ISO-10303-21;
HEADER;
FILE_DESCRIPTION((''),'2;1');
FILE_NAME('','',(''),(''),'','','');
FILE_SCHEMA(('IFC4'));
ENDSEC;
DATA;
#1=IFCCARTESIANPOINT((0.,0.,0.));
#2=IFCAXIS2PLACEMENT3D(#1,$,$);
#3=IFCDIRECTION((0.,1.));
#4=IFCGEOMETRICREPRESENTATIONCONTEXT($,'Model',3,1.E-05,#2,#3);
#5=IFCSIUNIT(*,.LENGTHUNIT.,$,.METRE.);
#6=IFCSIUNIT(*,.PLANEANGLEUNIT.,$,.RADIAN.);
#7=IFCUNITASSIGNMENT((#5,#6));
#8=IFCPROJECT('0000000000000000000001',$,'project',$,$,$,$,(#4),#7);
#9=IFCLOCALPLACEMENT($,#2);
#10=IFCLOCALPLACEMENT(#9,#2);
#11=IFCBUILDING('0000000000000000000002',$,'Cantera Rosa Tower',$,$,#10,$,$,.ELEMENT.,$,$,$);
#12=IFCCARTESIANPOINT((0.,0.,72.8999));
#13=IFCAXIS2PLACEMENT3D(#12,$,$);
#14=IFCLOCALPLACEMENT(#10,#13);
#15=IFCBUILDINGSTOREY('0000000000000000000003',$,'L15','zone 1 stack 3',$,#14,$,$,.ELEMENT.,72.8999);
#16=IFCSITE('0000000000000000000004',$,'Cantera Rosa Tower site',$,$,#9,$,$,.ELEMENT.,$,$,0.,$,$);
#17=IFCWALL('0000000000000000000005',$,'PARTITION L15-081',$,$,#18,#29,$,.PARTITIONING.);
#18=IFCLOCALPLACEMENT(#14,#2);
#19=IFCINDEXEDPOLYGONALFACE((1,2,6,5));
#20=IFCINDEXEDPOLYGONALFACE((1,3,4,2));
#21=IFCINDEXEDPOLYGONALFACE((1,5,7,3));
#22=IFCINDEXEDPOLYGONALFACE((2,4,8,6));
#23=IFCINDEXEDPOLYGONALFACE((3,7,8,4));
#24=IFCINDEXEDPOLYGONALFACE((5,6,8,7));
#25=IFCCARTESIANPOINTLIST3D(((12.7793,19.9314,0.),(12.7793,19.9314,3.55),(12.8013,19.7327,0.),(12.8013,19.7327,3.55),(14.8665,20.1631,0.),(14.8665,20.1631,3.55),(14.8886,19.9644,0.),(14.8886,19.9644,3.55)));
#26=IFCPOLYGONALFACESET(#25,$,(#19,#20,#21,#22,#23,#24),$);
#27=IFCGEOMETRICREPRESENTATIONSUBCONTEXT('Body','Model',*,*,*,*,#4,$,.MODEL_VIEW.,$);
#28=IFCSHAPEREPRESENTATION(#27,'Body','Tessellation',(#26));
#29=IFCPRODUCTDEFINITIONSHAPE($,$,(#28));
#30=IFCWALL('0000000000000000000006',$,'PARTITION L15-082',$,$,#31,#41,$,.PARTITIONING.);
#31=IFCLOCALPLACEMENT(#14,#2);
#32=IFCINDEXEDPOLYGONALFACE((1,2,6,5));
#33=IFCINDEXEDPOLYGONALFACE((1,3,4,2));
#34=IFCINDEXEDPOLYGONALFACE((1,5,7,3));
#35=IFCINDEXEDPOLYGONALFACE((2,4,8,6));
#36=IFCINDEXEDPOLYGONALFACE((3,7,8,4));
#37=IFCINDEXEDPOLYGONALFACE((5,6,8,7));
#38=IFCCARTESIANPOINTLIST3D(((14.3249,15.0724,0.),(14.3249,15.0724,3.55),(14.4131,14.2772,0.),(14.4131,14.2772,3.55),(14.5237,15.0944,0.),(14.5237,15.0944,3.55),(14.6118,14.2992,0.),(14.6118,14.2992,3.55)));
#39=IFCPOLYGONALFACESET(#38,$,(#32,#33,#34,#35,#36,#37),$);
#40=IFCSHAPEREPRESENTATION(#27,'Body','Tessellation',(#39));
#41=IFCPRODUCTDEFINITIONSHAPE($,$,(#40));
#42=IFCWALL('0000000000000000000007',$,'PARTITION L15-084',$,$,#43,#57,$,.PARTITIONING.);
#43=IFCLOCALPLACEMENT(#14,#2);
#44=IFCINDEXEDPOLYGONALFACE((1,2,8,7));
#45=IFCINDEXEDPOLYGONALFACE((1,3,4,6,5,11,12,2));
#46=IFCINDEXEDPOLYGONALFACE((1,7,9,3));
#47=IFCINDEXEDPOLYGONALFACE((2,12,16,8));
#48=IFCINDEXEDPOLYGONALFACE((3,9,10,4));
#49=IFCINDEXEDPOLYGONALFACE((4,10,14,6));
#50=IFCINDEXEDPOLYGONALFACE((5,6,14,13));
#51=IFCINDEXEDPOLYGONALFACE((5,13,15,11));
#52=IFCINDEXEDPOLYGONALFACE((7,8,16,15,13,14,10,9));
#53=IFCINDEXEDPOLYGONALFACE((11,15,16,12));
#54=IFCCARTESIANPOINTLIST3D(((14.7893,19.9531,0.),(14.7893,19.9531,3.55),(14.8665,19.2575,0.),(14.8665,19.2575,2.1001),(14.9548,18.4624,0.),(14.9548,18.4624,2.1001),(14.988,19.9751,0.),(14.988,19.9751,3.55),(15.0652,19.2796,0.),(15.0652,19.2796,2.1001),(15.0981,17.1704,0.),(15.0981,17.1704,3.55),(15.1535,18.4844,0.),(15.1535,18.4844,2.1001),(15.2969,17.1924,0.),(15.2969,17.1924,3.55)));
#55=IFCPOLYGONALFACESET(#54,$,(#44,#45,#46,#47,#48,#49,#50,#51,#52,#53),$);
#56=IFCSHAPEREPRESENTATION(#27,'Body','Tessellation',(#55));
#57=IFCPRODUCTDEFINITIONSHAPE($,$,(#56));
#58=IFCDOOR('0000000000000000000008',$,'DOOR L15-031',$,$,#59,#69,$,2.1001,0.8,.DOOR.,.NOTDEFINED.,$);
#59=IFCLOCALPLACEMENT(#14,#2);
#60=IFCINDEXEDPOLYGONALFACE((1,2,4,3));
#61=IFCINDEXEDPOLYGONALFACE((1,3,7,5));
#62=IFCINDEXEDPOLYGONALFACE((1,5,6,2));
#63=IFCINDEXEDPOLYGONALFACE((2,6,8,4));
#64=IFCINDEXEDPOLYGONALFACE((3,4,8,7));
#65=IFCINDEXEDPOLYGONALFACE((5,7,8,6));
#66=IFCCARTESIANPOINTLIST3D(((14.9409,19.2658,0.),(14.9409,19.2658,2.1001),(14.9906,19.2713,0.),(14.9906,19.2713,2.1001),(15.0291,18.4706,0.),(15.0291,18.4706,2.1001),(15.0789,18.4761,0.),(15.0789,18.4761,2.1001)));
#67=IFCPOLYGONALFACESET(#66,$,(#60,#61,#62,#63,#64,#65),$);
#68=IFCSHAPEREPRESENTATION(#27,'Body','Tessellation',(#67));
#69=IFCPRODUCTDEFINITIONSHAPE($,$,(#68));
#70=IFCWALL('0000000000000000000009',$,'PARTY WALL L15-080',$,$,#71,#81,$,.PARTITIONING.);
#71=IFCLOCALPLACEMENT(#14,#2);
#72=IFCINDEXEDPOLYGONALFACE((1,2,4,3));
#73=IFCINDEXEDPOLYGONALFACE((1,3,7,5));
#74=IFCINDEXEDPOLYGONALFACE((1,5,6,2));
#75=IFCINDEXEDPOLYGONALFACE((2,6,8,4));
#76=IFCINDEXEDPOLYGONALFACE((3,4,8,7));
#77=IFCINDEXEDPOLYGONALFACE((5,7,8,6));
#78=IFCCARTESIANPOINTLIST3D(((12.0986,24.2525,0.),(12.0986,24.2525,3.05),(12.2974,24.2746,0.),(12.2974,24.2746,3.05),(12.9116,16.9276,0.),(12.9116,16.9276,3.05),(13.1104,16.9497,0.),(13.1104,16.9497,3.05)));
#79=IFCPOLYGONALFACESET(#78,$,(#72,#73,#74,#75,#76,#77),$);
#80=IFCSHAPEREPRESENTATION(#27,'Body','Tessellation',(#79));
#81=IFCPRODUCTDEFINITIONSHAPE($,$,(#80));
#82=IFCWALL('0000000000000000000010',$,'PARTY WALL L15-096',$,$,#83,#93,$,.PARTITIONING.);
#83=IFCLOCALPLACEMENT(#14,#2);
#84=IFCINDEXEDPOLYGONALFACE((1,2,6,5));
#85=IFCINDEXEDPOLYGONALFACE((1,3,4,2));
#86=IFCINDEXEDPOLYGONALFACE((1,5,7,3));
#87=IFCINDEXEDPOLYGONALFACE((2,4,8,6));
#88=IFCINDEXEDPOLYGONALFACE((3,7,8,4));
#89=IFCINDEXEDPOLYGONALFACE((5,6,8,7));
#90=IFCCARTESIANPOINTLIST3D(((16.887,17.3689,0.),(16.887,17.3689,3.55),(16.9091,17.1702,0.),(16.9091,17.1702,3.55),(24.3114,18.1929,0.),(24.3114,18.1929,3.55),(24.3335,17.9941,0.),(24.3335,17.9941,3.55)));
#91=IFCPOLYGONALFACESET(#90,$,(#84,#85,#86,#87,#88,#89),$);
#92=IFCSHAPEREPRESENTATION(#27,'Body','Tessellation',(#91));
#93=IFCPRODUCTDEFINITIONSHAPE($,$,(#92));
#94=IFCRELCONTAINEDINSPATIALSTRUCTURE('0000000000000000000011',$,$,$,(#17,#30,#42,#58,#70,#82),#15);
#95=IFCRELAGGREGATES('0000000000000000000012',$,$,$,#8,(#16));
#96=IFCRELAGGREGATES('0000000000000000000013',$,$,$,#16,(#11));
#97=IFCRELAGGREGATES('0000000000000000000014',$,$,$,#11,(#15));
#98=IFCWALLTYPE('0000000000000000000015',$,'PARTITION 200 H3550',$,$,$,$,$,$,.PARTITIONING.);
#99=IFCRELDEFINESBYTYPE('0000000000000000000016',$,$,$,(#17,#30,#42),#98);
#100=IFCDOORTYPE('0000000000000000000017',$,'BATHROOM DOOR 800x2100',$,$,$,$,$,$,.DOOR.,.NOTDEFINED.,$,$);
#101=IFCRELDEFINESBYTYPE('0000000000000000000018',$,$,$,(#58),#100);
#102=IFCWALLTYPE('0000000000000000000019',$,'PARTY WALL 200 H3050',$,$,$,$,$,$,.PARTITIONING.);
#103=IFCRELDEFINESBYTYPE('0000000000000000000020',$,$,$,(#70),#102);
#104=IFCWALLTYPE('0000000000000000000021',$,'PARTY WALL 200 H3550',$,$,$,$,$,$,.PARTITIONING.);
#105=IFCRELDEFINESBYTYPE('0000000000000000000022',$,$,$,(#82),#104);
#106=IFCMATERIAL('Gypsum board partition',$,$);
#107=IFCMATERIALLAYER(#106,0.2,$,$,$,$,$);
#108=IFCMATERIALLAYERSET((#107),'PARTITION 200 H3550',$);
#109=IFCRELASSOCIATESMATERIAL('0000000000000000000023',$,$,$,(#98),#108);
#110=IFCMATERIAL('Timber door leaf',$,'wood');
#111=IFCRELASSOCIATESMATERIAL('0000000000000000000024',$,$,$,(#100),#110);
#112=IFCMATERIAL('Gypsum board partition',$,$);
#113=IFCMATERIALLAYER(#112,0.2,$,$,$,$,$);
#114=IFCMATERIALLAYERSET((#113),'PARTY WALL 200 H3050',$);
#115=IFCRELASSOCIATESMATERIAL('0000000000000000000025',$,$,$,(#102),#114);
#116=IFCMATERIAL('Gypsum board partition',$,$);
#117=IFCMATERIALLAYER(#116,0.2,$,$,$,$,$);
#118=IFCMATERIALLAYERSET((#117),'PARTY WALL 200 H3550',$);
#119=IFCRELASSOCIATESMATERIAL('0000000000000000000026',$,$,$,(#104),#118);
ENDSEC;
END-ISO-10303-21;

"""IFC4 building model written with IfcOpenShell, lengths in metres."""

from ifc_helpers import new_model, si_unit, direction, frame, frame_2d, origin, place, context, subcontext, project, spatial, rectangle, extrude, material, layer, layer_set, type_object, element, fill, save


model = new_model("IFC4")

# Units and contexts
model_context = context("Model", 3, precision=1e-05, world=origin(), true_north=direction((0.0, 1.0)))
body_context = subcontext(model_context, "Body", "Model", "MODEL_VIEW")
ifc_project = project(units=[si_unit("LENGTHUNIT", "METRE"), si_unit("PLANEANGLEUNIT", "RADIAN")], contexts=[model_context])

# Site, building, storey
site_placement = place(None, origin())
site = spatial("IfcSite", under=ifc_project, at=site_placement, Name="Cantera Rosa Tower site", CompositionType="ELEMENT", RefElevation=0.0)
building_placement = place(site_placement, origin())
building = spatial("IfcBuilding", under=site, at=building_placement, Name="Cantera Rosa Tower", CompositionType="ELEMENT")
storey_placement = place(building_placement, frame((0.0, 0.0, 72.8999)))
storey = spatial("IfcBuildingStorey", under=building, at=storey_placement, Name="L15", Description="zone 1 stack 3", CompositionType="ELEMENT", Elevation=72.8999)

# Walls
ifc_material_1 = material(Name="Gypsum board partition")
ifc_layer_1 = layer(ifc_material_1, 0.2)
ifc_layer_set_1 = layer_set([ifc_layer_1], Name="PARTITION 200 H3550")
wall_type_1 = type_object("IfcWallType", Name="PARTITION 200 H3550", PredefinedType="PARTITIONING", material=ifc_layer_set_1)
wall_1_placement = place(storey_placement, frame((12.7903, 19.832, 0.0), z_axis=(0.0, 0.0, 1.0), x_axis=(0.993895, 0.110329, 0.0)))
element("IfcWall", 1, at=wall_1_placement, inside=storey, type_object=wall_type_1, Name="PARTITION L15-081", PredefinedType="PARTITIONING", context=body_context, shape_type="SweptSolid", body=[
    extrude(rectangle(XDim=2.1001, YDim=0.2, at=frame_2d((1.05, 0.0))), origin(), (0.0, 0.0, 1.0), 3.55),
])
wall_2_placement = place(storey_placement, frame((14.4243, 15.0833, 0.0), z_axis=(0.0, 0.0, 1.0), x_axis=(0.110164, -0.993913, 0.0)))
element("IfcWall", 2, at=wall_2_placement, inside=storey, type_object=wall_type_1, Name="PARTITION L15-082", PredefinedType="PARTITIONING", context=body_context, shape_type="SweptSolid", body=[
    extrude(rectangle(XDim=0.8, YDim=0.2, at=frame_2d((0.3999, 0.0))), origin(), (0.0, 0.0, 1.0), 3.55),
])

# Wall, opening, door
wall_3_placement = place(storey_placement, frame((14.8887, 19.9641, 0.0), z_axis=(0.0, 0.0, 1.0), x_axis=(0.110307, -0.993898, 0.0)))
wall_3 = element("IfcWall", 3, at=wall_3_placement, inside=storey, type_object=wall_type_1, Name="PARTITION L15-084", PredefinedType="PARTITIONING", context=body_context, shape_type="SweptSolid", body=[
    extrude(rectangle(XDim=2.7998, YDim=0.2, at=frame_2d((1.3999, 0.0))), origin(), (0.0, 0.0, 1.0), 3.55),
])
opening_1_placement = place(wall_3_placement, frame((0.7, 0.0, 0.0)))
opening_1 = element("IfcOpeningElement", 4, at=opening_1_placement, cuts=wall_3, PredefinedType="OPENING", context=body_context, shape_type="SweptSolid", body=[
    extrude(rectangle(XDim=0.8, YDim=2.1001, at=frame_2d((0.3999, 1.05))), frame((0.0, 0.1099, 0.0), z_axis=(0.0, -1.0, 0.0), x_axis=(1.0, 0.0, 0.0)), (0.0, 0.0, 1.0), 0.22),
])
ifc_material_2 = material(Name="Timber door leaf", Category="wood")
door_type_1 = type_object("IfcDoorType", Name="BATHROOM DOOR 800x2100", OperationType="NOTDEFINED", PredefinedType="DOOR", material=ifc_material_2)
door_1_placement = place(opening_1_placement, origin())
door_1 = element("IfcDoor", 5, at=door_1_placement, inside=storey, type_object=door_type_1, Name="DOOR L15-031", OperationType="NOTDEFINED", OverallHeight=2.1001, OverallWidth=0.8, PredefinedType="DOOR", context=body_context, shape_type="SweptSolid", body=[
    extrude(rectangle(XDim=0.8, YDim=2.1001, at=frame_2d((0.3999, 1.05))), frame((0.0, 0.0249, 0.0), z_axis=(0.0, -1.0, 0.0), x_axis=(1.0, 0.0, 0.0)), (0.0, 0.0, 1.0), 0.05),
])
fill(opening_1, door_1)

# Walls
ifc_material_3 = material(Name="Gypsum board partition")
ifc_layer_2 = layer(ifc_material_3, 0.2)
ifc_layer_set_2 = layer_set([ifc_layer_2], Name="PARTY WALL 200 H3050")
wall_type_2 = type_object("IfcWallType", Name="PARTY WALL 200 H3050", PredefinedType="PARTITIONING", material=ifc_layer_set_2)
wall_4_placement = place(storey_placement, frame((12.198, 24.2637, 0.0), z_axis=(0.0, 0.0, 1.0), x_axis=(0.110312, -0.993897, 0.0)))
element("IfcWall", 6, at=wall_4_placement, inside=storey, type_object=wall_type_2, Name="PARTY WALL L15-080", PredefinedType="PARTITIONING", context=body_context, shape_type="SweptSolid", body=[
    extrude(rectangle(XDim=7.3699, YDim=0.2, at=frame_2d((3.6851, 0.0))), origin(), (0.0, 0.0, 1.0), 3.05),
])
ifc_material_4 = material(Name="Gypsum board partition")
ifc_layer_3 = layer(ifc_material_4, 0.2)
ifc_layer_set_3 = layer_set([ifc_layer_3], Name="PARTY WALL 200 H3550")
wall_type_3 = type_object("IfcWallType", Name="PARTY WALL 200 H3550", PredefinedType="PARTITIONING", material=ifc_layer_set_3)
wall_5_placement = place(storey_placement, frame((16.8982, 17.2695, 0.0), z_axis=(0.0, 0.0, 1.0), x_axis=(0.993898, 0.110306, 0.0)))
element("IfcWall", 7, at=wall_5_placement, inside=storey, type_object=wall_type_3, Name="PARTY WALL L15-096", PredefinedType="PARTITIONING", context=body_context, shape_type="SweptSolid", body=[
    extrude(rectangle(XDim=7.47, YDim=0.2, at=frame_2d((3.7349, 0.0))), origin(), (0.0, 0.0, 1.0), 3.55),
])

save(model, "model.ifc")
